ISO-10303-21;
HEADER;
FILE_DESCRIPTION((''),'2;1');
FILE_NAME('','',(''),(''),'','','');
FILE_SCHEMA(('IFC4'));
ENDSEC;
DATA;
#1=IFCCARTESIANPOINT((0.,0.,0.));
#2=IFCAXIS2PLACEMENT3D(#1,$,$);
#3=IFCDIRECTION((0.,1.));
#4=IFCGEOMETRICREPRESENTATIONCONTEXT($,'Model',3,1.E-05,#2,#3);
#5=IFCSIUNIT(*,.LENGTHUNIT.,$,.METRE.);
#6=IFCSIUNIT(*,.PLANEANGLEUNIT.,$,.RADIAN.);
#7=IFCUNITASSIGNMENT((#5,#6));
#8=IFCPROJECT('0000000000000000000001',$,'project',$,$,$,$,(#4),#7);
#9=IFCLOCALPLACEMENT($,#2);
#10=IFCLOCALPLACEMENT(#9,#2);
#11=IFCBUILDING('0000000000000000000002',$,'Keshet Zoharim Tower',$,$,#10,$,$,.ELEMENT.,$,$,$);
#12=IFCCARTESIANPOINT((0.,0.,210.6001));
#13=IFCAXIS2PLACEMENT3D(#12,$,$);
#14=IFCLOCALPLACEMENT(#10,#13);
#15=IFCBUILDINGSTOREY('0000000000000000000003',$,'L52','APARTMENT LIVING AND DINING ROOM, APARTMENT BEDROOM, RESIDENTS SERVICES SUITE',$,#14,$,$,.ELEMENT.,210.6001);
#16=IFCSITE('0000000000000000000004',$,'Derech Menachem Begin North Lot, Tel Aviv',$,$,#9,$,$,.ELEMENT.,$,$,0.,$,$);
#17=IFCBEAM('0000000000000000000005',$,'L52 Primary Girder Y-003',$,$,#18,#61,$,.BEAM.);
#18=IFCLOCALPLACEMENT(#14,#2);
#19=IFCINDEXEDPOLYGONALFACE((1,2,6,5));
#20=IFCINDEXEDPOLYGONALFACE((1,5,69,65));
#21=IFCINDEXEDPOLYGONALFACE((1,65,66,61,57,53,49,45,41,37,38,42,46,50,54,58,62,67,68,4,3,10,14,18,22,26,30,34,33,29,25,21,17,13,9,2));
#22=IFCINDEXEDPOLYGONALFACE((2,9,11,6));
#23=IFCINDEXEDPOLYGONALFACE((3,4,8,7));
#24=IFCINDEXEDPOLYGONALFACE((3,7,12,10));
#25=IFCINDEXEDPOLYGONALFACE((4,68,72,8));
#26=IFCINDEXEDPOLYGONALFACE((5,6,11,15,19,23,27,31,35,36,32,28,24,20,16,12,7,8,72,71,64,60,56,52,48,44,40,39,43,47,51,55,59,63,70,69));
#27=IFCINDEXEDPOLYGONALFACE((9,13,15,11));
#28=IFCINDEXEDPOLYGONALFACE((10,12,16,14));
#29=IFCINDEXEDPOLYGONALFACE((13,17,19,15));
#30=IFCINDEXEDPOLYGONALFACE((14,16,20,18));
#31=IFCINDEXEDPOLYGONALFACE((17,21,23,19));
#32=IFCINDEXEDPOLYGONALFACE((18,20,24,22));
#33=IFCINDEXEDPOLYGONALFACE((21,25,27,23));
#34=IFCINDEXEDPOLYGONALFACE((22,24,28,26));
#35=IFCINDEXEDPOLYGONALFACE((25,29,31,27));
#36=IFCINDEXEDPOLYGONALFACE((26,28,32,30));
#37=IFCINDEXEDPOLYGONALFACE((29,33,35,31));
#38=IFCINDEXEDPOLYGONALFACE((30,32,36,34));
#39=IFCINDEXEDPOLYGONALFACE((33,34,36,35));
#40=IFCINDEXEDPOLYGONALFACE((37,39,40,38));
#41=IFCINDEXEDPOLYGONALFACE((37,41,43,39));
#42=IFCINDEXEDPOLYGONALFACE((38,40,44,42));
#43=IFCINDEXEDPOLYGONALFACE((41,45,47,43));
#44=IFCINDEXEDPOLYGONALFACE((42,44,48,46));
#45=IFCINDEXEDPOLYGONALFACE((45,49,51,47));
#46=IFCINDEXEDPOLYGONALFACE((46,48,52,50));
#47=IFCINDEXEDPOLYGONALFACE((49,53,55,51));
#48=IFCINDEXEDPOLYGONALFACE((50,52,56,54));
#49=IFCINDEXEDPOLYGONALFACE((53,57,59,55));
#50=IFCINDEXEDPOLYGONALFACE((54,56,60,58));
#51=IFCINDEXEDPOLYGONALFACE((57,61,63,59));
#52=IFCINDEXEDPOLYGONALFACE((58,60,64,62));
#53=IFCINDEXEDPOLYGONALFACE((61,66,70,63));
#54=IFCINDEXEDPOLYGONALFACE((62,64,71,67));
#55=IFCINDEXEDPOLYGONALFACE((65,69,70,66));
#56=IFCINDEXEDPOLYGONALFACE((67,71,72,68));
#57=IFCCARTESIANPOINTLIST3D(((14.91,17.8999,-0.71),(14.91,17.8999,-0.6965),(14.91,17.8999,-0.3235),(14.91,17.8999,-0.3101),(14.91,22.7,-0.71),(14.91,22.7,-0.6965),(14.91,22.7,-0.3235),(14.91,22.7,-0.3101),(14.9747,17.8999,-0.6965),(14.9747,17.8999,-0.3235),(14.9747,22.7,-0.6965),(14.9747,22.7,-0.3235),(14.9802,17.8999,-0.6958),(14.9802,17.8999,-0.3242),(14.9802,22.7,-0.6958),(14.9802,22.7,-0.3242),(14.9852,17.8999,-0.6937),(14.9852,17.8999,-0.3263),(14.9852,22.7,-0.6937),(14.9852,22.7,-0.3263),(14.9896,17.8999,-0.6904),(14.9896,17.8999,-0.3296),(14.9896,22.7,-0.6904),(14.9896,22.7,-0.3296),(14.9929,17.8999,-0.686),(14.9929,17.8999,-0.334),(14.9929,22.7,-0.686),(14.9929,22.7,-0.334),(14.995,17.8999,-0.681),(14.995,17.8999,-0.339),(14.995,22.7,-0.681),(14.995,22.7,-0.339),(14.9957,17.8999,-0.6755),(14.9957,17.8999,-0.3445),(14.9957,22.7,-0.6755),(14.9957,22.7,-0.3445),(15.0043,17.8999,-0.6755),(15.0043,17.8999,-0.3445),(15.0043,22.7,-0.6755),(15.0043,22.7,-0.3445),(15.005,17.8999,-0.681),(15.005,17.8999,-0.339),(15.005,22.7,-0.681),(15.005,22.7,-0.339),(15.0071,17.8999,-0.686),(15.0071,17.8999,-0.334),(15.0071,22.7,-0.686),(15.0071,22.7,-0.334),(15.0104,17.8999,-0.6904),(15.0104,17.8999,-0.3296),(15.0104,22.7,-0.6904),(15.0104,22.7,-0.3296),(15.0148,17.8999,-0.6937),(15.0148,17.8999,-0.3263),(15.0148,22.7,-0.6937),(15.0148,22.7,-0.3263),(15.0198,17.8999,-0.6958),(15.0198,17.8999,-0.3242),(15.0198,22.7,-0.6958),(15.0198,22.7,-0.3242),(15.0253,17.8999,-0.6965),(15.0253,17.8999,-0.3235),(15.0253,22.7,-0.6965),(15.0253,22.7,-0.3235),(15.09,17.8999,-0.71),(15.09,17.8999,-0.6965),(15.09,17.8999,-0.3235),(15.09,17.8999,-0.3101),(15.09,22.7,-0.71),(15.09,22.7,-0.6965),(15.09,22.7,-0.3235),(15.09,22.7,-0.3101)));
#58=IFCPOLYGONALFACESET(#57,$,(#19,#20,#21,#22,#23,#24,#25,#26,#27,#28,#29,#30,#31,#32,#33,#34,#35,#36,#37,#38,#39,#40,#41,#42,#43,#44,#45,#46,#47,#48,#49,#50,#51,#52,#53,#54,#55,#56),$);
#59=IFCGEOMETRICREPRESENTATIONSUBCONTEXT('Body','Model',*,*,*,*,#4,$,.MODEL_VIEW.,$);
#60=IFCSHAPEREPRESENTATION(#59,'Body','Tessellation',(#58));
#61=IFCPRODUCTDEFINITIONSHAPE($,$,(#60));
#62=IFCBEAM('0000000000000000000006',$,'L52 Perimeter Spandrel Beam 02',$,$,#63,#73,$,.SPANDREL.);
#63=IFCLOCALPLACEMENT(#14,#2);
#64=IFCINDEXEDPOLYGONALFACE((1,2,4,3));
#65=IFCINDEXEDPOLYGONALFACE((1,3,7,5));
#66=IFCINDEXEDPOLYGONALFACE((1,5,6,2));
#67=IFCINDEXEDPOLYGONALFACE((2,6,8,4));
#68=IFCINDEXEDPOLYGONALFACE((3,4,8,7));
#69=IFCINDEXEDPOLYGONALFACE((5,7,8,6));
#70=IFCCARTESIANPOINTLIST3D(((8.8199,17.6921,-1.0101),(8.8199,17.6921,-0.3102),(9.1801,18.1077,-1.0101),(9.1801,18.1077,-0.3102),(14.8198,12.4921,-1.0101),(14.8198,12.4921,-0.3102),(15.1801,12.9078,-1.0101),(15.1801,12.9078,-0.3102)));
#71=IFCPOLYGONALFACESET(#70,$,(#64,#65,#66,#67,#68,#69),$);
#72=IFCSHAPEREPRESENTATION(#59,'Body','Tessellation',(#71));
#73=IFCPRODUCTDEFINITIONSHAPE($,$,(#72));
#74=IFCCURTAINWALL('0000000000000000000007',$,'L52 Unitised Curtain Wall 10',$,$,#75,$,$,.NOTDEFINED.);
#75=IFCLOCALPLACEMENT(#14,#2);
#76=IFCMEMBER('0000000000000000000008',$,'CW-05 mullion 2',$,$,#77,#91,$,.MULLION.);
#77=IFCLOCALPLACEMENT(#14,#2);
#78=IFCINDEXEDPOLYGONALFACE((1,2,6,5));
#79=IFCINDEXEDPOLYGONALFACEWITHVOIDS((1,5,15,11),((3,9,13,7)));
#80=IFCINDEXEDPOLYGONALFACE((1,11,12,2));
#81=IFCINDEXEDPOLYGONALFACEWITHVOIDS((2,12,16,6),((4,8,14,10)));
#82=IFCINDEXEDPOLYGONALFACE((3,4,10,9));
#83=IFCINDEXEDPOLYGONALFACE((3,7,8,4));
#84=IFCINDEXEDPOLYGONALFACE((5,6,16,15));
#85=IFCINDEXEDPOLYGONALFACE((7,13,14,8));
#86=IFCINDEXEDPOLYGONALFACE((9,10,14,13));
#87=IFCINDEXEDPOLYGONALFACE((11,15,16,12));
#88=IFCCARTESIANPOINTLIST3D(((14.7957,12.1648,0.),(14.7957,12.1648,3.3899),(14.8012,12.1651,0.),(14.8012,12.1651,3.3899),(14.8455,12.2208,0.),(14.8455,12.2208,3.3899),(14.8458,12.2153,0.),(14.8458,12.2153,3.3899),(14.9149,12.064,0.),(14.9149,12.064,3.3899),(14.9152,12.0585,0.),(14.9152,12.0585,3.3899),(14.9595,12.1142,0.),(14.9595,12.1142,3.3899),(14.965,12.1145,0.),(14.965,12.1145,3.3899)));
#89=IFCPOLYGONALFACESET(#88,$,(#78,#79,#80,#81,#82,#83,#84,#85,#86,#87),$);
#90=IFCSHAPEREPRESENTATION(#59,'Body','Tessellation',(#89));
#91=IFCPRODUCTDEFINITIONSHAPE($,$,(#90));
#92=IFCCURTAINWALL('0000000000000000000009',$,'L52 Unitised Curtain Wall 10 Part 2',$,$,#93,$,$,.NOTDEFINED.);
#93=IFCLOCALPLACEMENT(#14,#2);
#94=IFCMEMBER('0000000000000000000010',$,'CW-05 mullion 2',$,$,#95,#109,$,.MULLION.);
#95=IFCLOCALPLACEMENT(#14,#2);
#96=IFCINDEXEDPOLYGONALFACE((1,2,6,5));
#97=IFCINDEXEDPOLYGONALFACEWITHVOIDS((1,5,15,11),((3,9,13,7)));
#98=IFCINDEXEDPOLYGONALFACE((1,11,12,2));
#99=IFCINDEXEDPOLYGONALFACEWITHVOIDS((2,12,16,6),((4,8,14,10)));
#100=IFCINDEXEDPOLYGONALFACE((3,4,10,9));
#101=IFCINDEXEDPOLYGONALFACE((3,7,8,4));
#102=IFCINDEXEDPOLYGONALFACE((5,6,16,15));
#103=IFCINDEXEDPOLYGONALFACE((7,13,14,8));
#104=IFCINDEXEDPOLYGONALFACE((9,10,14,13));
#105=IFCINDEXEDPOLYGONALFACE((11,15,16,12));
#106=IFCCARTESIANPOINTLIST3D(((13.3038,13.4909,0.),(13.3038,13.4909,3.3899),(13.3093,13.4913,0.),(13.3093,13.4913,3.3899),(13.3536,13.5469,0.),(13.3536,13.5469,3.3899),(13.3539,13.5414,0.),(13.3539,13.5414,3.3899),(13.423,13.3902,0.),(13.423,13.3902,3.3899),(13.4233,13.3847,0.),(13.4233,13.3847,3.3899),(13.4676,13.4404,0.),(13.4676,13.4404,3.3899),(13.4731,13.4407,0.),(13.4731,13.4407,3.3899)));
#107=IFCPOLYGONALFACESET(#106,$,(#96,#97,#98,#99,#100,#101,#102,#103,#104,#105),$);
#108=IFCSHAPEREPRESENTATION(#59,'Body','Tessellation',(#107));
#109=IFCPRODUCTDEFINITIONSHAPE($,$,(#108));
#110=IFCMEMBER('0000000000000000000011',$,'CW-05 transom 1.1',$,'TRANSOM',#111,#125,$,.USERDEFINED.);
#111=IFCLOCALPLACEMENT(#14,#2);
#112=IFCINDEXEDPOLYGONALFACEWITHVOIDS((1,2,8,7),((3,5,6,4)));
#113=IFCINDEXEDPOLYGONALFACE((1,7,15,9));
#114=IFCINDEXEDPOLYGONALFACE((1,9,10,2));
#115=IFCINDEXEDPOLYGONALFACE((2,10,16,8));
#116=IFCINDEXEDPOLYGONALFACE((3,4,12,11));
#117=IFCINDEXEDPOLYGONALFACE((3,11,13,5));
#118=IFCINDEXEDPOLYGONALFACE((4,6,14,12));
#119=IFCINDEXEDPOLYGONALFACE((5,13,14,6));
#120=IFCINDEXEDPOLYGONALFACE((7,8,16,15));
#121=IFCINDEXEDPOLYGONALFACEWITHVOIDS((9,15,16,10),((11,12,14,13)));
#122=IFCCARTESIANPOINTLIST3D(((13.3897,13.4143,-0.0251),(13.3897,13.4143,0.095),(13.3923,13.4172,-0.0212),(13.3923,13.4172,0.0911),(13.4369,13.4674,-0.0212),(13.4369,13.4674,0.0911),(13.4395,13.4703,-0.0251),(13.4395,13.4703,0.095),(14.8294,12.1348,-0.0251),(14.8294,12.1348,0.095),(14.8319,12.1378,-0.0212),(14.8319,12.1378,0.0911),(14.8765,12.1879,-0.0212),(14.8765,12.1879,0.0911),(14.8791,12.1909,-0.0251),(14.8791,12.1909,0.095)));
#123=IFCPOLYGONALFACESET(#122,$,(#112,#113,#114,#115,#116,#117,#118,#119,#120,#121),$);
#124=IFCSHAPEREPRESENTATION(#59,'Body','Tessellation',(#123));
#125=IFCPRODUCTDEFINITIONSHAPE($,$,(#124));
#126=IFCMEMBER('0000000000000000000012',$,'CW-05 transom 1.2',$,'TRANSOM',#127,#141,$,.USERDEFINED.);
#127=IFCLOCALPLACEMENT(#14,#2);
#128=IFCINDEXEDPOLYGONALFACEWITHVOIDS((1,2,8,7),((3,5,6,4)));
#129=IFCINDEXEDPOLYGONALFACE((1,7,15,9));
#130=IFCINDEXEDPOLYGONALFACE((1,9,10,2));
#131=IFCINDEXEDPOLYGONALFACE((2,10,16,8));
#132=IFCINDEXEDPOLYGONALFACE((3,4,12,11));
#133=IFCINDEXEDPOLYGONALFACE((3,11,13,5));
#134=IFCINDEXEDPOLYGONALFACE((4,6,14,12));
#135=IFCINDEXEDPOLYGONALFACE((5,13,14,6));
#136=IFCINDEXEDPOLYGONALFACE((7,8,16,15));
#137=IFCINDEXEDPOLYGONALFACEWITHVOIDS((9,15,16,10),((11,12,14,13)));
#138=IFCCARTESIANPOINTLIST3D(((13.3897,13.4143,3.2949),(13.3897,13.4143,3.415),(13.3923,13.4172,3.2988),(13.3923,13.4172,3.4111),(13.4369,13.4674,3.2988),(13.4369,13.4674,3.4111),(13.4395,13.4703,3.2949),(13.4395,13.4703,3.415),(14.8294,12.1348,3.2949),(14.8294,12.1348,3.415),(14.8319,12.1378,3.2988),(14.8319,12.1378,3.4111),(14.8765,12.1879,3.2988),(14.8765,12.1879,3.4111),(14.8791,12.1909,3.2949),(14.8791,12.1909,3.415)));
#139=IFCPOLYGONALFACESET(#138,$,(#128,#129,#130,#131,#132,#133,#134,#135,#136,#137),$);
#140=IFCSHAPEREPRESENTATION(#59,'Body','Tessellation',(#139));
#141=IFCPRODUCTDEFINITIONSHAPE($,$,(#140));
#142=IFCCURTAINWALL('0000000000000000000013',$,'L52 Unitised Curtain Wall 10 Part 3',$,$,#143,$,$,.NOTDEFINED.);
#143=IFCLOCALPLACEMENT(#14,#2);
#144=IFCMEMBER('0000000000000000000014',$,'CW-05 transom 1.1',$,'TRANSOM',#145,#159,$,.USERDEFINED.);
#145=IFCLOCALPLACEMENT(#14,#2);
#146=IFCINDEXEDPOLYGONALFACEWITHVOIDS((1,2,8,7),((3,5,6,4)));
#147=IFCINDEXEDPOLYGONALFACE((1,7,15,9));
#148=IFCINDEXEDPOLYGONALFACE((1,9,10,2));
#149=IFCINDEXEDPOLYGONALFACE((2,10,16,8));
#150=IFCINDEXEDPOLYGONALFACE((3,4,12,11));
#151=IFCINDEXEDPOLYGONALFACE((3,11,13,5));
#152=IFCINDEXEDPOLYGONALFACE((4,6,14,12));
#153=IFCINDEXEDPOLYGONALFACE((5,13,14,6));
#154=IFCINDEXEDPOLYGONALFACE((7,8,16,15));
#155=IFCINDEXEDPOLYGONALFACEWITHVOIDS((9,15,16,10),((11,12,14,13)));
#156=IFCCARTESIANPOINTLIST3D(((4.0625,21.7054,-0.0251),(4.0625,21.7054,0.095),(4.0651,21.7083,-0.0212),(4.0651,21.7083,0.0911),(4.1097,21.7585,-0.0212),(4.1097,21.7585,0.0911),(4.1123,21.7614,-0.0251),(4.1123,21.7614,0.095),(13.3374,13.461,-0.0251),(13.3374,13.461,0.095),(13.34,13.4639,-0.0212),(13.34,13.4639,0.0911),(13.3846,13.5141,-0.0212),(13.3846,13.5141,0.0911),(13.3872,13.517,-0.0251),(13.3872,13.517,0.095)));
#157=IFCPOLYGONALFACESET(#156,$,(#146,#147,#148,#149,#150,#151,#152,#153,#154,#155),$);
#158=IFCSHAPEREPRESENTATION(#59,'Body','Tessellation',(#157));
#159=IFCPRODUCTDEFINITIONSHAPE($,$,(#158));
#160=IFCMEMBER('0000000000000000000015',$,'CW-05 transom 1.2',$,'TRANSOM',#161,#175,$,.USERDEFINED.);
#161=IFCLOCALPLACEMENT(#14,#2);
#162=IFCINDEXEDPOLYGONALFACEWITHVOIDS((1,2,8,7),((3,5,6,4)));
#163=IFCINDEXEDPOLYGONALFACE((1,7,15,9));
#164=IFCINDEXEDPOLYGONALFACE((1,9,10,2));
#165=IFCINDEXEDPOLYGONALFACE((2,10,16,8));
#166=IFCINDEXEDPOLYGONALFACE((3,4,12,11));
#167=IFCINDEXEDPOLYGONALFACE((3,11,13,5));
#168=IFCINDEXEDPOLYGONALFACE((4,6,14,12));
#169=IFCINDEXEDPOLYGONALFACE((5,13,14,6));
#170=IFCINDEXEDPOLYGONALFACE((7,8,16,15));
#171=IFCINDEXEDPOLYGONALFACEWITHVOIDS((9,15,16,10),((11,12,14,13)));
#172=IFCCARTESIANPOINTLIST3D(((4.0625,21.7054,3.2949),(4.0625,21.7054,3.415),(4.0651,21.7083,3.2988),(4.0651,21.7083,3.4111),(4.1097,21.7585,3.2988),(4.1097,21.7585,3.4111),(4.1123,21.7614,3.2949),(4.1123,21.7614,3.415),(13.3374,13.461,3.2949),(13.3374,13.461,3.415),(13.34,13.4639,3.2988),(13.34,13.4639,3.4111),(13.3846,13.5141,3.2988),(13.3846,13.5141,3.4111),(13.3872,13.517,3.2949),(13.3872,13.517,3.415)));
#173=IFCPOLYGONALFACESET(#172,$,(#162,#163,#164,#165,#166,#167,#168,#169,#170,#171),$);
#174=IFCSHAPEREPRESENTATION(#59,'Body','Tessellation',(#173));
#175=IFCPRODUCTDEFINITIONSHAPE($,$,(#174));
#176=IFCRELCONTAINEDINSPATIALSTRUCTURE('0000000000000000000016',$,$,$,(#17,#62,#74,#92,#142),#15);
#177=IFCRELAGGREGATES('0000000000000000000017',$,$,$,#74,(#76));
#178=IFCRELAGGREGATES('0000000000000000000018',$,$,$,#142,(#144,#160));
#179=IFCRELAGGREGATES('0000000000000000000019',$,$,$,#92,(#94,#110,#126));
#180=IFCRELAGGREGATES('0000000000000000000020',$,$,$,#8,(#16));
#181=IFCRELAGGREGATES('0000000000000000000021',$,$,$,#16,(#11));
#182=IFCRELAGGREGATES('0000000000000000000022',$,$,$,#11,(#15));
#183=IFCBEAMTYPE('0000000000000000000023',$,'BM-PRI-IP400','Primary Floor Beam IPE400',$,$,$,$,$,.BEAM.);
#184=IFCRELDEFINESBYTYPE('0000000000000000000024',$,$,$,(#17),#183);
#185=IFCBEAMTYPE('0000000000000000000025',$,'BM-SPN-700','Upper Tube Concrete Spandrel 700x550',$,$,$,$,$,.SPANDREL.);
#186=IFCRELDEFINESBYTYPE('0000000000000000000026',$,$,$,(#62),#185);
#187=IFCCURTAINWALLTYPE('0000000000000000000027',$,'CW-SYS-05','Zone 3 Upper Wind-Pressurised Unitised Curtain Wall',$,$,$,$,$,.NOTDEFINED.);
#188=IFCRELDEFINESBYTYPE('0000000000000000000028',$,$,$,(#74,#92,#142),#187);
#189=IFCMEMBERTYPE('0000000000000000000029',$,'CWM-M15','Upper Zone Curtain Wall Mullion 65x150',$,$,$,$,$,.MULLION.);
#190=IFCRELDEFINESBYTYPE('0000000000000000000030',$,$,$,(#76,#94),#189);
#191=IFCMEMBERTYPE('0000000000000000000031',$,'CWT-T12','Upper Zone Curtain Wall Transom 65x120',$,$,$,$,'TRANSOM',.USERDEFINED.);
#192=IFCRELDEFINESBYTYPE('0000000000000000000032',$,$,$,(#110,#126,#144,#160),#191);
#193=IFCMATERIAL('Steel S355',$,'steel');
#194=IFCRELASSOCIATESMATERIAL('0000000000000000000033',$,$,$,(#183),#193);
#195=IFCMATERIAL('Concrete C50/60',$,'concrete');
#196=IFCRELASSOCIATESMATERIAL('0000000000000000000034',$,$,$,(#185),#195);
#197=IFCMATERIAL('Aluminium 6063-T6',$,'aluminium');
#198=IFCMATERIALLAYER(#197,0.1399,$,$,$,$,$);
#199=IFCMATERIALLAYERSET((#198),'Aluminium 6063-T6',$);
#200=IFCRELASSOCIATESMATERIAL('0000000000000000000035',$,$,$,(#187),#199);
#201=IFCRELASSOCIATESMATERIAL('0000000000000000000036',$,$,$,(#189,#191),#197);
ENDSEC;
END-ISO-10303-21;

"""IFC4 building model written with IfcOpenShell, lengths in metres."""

from ifc_helpers import new_model, si_unit, direction, frame, origin, origin_2d, place, context, subcontext, project, spatial, rectangle, hollow_rectangle, i_section, extrude, material, layer, layer_set, material_profile, profile_set, type_object, element, aggregate, save


model = new_model("IFC4")

# Units and contexts
model_context = context("Model", 3, precision=1e-05, world=origin(), true_north=direction((0.0, 1.0)))
body_context = subcontext(model_context, "Body", "Model", "MODEL_VIEW")
ifc_project = project(units=[si_unit("LENGTHUNIT", "METRE"), si_unit("PLANEANGLEUNIT", "RADIAN")], contexts=[model_context])

# Site, building, storey
site_placement = place(None, origin())
site = spatial("IfcSite", under=ifc_project, at=site_placement, Name="Derech Menachem Begin North Lot, Tel Aviv", CompositionType="ELEMENT", RefElevation=0.0)
building_placement = place(site_placement, origin())
building = spatial("IfcBuilding", under=site, at=building_placement, Name="Keshet Zoharim Tower", CompositionType="ELEMENT")
storey_placement = place(building_placement, frame((0.0, 0.0, 210.6001)))
storey = spatial("IfcBuildingStorey", under=building, at=storey_placement, Name="L52", Description="APARTMENT LIVING AND DINING ROOM, APARTMENT BEDROOM, RESIDENTS SERVICES SUITE", CompositionType="ELEMENT", Elevation=210.6001)

# Shared definitions
ifc_material_1 = material(Name="Steel S355", Category="steel")
ifc_material_2 = material(Name="Concrete C50/60", Category="concrete")

# Beams
ifc_material_profile_1 = material_profile(ifc_material_1, i_section(OverallWidth=0.1799, OverallDepth=0.3999, WebThickness=0.0085, FlangeThickness=0.0134, FilletRadius=0.021, at=origin_2d()), Name="IPE400")
ifc_profile_set_1 = profile_set([ifc_material_profile_1], Name="Steel S355")
beam_type_1 = type_object("IfcBeamType", Name="BM-PRI-IP400", Description="Primary Floor Beam IPE400", PredefinedType="BEAM", material=ifc_profile_set_1)
beam_1_placement = place(storey_placement, frame((15.0, 17.8999, -0.51), z_axis=(0.0, 1.0, 0.0), x_axis=(-1.0, 0.0, 0.0)))
element("IfcBeam", 1, at=beam_1_placement, inside=storey, type_object=beam_type_1, Name="L52 Primary Girder Y-003", PredefinedType="BEAM", context=body_context, shape_type="SweptSolid", body=[
    extrude(i_section(OverallWidth=0.1799, OverallDepth=0.3999, WebThickness=0.0085, FlangeThickness=0.0134, FilletRadius=0.021, at=origin_2d()), origin(), (0.0, 0.0, 1.0), 4.8),
])
ifc_material_profile_2 = material_profile(ifc_material_2, rectangle(XDim=0.55, YDim=0.7, at=origin_2d()), Name="RC700x550")
ifc_profile_set_2 = profile_set([ifc_material_profile_2], Name="Concrete C50/60")
beam_type_2 = type_object("IfcBeamType", Name="BM-SPN-700", Description="Upper Tube Concrete Spandrel 700x550", PredefinedType="SPANDREL", material=ifc_profile_set_2)
beam_2_placement = place(storey_placement, frame((9.0, 17.8999, -0.6602), z_axis=(0.755692, -0.654927, 0.0), x_axis=(0.654927, 0.755692, 0.0)))
element("IfcBeam", 2, at=beam_2_placement, inside=storey, type_object=beam_type_2, Name="L52 Perimeter Spandrel Beam 02", PredefinedType="SPANDREL", context=body_context, shape_type="SweptSolid", body=[
    extrude(rectangle(XDim=0.55, YDim=0.7, at=origin_2d()), origin(), (0.0, 0.0, 1.0), 7.9397),
])

# Curtain wall, member
ifc_material_3 = material(Name="Aluminium 6063-T6", Category="aluminium")
ifc_layer_1 = layer(ifc_material_3, 0.1399)
ifc_layer_set_1 = layer_set([ifc_layer_1], Name="Aluminium 6063-T6")
curtain_wall_type = type_object("IfcCurtainWallType", Name="CW-SYS-05", Description="Zone 3 Upper Wind-Pressurised Unitised Curtain Wall", PredefinedType="NOTDEFINED", material=ifc_layer_set_1)
curtain_wall_1_placement = place(storey_placement, origin())
curtain_wall_1 = element("IfcCurtainWall", 3, at=curtain_wall_1_placement, inside=storey, type_object=curtain_wall_type, Name="L52 Unitised Curtain Wall 10", PredefinedType="NOTDEFINED")
ifc_material_profile_3 = material_profile(ifc_material_3, hollow_rectangle(XDim=0.075, YDim=0.1599, WallThickness=0.0039, at=origin_2d()), Name="MUL-75x160")
ifc_profile_set_3 = profile_set([ifc_material_profile_3], Name="Aluminium 6063-T6")
member_type_1 = type_object("IfcMemberType", Name="CWM-M15", Description="Upper Zone Curtain Wall Mullion 65x150", PredefinedType="MULLION", material=ifc_profile_set_3)
member_1_placement = place(storey_placement, frame((14.8804, 12.1396, 0.0), z_axis=(0.0, 0.0, 1.0), x_axis=(-0.664368, -0.747406, 0.0)))
member_1 = element("IfcMember", 4, at=member_1_placement, type_object=member_type_1, Name="CW-05 mullion 2", PredefinedType="MULLION", context=body_context, shape_type="SweptSolid", body=[
    extrude(hollow_rectangle(XDim=0.075, YDim=0.1599, WallThickness=0.0039, at=origin_2d()), origin(), (0.0, 0.0, 1.0), 3.3899),
])
aggregate(curtain_wall_1, [member_1])

# Curtain walls, members
curtain_wall_2_placement = place(storey_placement, origin())
curtain_wall_2 = element("IfcCurtainWall", 5, at=curtain_wall_2_placement, inside=storey, type_object=curtain_wall_type, Name="L52 Unitised Curtain Wall 10 Part 2", PredefinedType="NOTDEFINED")
member_2_placement = place(storey_placement, frame((13.3884, 13.4658, 0.0), z_axis=(0.0, 0.0, 1.0), x_axis=(-0.66433, -0.74744, 0.0)))
member_2 = element("IfcMember", 6, at=member_2_placement, type_object=member_type_1, Name="CW-05 mullion 2", PredefinedType="MULLION", context=body_context, shape_type="SweptSolid", body=[
    extrude(hollow_rectangle(XDim=0.075, YDim=0.1599, WallThickness=0.0039, at=origin_2d()), origin(), (0.0, 0.0, 1.0), 3.3899),
])
ifc_material_profile_4 = material_profile(ifc_material_3, hollow_rectangle(XDim=0.075, YDim=0.1201, WallThickness=0.0039, at=origin_2d()), Name="TRN-75x120")
ifc_profile_set_4 = profile_set([ifc_material_profile_4], Name="Aluminium 6063-T6")
member_type_2 = type_object("IfcMemberType", Name="CWT-T12", Description="Upper Zone Curtain Wall Transom 65x120", ElementType="TRANSOM", PredefinedType="USERDEFINED", material=ifc_profile_set_4)
member_3_placement = place(storey_placement, frame((14.8542, 12.1628, 0.0349), z_axis=(-0.747458, 0.664309, 0.0), x_axis=(-0.664309, -0.747458, 0.0)))
member_3 = element("IfcMember", 7, at=member_3_placement, type_object=member_type_2, Name="CW-05 transom 1.1", ObjectType="TRANSOM", PredefinedType="USERDEFINED", context=body_context, shape_type="SweptSolid", body=[
    extrude(hollow_rectangle(XDim=0.075, YDim=0.1201, WallThickness=0.0039, at=origin_2d()), origin(), (0.0, 0.0, 1.0), 1.926),
])
member_4_placement = place(storey_placement, frame((14.8542, 12.1628, 3.355), z_axis=(-0.747458, 0.664309, 0.0), x_axis=(-0.664309, -0.747458, 0.0)))
member_4 = element("IfcMember", 8, at=member_4_placement, type_object=member_type_2, Name="CW-05 transom 1.2", ObjectType="TRANSOM", PredefinedType="USERDEFINED", context=body_context, shape_type="SweptSolid", body=[
    extrude(hollow_rectangle(XDim=0.075, YDim=0.1201, WallThickness=0.0039, at=origin_2d()), origin(), (0.0, 0.0, 1.0), 1.926),
])
curtain_wall_3_placement = place(storey_placement, origin())
curtain_wall_3 = element("IfcCurtainWall", 9, at=curtain_wall_3_placement, inside=storey, type_object=curtain_wall_type, Name="L52 Unitised Curtain Wall 10 Part 3", PredefinedType="NOTDEFINED")
member_5_placement = place(storey_placement, frame((13.3623, 13.489, 0.0349), z_axis=(-0.747408, 0.664365, 0.0), x_axis=(-0.664365, -0.747408, 0.0)))
member_5 = element("IfcMember", 10, at=member_5_placement, type_object=member_type_2, Name="CW-05 transom 1.1", ObjectType="TRANSOM", PredefinedType="USERDEFINED", context=body_context, shape_type="SweptSolid", body=[
    extrude(hollow_rectangle(XDim=0.075, YDim=0.1201, WallThickness=0.0039, at=origin_2d()), origin(), (0.0, 0.0, 1.0), 12.4094),
])
member_6_placement = place(storey_placement, frame((13.3623, 13.489, 3.355), z_axis=(-0.747408, 0.664365, 0.0), x_axis=(-0.664365, -0.747408, 0.0)))
member_6 = element("IfcMember", 11, at=member_6_placement, type_object=member_type_2, Name="CW-05 transom 1.2", ObjectType="TRANSOM", PredefinedType="USERDEFINED", context=body_context, shape_type="SweptSolid", body=[
    extrude(hollow_rectangle(XDim=0.075, YDim=0.1201, WallThickness=0.0039, at=origin_2d()), origin(), (0.0, 0.0, 1.0), 12.4094),
])

aggregate(curtain_wall_3, [member_5, member_6])
aggregate(curtain_wall_2, [member_2, member_3, member_4])

save(model, "model.ifc")
